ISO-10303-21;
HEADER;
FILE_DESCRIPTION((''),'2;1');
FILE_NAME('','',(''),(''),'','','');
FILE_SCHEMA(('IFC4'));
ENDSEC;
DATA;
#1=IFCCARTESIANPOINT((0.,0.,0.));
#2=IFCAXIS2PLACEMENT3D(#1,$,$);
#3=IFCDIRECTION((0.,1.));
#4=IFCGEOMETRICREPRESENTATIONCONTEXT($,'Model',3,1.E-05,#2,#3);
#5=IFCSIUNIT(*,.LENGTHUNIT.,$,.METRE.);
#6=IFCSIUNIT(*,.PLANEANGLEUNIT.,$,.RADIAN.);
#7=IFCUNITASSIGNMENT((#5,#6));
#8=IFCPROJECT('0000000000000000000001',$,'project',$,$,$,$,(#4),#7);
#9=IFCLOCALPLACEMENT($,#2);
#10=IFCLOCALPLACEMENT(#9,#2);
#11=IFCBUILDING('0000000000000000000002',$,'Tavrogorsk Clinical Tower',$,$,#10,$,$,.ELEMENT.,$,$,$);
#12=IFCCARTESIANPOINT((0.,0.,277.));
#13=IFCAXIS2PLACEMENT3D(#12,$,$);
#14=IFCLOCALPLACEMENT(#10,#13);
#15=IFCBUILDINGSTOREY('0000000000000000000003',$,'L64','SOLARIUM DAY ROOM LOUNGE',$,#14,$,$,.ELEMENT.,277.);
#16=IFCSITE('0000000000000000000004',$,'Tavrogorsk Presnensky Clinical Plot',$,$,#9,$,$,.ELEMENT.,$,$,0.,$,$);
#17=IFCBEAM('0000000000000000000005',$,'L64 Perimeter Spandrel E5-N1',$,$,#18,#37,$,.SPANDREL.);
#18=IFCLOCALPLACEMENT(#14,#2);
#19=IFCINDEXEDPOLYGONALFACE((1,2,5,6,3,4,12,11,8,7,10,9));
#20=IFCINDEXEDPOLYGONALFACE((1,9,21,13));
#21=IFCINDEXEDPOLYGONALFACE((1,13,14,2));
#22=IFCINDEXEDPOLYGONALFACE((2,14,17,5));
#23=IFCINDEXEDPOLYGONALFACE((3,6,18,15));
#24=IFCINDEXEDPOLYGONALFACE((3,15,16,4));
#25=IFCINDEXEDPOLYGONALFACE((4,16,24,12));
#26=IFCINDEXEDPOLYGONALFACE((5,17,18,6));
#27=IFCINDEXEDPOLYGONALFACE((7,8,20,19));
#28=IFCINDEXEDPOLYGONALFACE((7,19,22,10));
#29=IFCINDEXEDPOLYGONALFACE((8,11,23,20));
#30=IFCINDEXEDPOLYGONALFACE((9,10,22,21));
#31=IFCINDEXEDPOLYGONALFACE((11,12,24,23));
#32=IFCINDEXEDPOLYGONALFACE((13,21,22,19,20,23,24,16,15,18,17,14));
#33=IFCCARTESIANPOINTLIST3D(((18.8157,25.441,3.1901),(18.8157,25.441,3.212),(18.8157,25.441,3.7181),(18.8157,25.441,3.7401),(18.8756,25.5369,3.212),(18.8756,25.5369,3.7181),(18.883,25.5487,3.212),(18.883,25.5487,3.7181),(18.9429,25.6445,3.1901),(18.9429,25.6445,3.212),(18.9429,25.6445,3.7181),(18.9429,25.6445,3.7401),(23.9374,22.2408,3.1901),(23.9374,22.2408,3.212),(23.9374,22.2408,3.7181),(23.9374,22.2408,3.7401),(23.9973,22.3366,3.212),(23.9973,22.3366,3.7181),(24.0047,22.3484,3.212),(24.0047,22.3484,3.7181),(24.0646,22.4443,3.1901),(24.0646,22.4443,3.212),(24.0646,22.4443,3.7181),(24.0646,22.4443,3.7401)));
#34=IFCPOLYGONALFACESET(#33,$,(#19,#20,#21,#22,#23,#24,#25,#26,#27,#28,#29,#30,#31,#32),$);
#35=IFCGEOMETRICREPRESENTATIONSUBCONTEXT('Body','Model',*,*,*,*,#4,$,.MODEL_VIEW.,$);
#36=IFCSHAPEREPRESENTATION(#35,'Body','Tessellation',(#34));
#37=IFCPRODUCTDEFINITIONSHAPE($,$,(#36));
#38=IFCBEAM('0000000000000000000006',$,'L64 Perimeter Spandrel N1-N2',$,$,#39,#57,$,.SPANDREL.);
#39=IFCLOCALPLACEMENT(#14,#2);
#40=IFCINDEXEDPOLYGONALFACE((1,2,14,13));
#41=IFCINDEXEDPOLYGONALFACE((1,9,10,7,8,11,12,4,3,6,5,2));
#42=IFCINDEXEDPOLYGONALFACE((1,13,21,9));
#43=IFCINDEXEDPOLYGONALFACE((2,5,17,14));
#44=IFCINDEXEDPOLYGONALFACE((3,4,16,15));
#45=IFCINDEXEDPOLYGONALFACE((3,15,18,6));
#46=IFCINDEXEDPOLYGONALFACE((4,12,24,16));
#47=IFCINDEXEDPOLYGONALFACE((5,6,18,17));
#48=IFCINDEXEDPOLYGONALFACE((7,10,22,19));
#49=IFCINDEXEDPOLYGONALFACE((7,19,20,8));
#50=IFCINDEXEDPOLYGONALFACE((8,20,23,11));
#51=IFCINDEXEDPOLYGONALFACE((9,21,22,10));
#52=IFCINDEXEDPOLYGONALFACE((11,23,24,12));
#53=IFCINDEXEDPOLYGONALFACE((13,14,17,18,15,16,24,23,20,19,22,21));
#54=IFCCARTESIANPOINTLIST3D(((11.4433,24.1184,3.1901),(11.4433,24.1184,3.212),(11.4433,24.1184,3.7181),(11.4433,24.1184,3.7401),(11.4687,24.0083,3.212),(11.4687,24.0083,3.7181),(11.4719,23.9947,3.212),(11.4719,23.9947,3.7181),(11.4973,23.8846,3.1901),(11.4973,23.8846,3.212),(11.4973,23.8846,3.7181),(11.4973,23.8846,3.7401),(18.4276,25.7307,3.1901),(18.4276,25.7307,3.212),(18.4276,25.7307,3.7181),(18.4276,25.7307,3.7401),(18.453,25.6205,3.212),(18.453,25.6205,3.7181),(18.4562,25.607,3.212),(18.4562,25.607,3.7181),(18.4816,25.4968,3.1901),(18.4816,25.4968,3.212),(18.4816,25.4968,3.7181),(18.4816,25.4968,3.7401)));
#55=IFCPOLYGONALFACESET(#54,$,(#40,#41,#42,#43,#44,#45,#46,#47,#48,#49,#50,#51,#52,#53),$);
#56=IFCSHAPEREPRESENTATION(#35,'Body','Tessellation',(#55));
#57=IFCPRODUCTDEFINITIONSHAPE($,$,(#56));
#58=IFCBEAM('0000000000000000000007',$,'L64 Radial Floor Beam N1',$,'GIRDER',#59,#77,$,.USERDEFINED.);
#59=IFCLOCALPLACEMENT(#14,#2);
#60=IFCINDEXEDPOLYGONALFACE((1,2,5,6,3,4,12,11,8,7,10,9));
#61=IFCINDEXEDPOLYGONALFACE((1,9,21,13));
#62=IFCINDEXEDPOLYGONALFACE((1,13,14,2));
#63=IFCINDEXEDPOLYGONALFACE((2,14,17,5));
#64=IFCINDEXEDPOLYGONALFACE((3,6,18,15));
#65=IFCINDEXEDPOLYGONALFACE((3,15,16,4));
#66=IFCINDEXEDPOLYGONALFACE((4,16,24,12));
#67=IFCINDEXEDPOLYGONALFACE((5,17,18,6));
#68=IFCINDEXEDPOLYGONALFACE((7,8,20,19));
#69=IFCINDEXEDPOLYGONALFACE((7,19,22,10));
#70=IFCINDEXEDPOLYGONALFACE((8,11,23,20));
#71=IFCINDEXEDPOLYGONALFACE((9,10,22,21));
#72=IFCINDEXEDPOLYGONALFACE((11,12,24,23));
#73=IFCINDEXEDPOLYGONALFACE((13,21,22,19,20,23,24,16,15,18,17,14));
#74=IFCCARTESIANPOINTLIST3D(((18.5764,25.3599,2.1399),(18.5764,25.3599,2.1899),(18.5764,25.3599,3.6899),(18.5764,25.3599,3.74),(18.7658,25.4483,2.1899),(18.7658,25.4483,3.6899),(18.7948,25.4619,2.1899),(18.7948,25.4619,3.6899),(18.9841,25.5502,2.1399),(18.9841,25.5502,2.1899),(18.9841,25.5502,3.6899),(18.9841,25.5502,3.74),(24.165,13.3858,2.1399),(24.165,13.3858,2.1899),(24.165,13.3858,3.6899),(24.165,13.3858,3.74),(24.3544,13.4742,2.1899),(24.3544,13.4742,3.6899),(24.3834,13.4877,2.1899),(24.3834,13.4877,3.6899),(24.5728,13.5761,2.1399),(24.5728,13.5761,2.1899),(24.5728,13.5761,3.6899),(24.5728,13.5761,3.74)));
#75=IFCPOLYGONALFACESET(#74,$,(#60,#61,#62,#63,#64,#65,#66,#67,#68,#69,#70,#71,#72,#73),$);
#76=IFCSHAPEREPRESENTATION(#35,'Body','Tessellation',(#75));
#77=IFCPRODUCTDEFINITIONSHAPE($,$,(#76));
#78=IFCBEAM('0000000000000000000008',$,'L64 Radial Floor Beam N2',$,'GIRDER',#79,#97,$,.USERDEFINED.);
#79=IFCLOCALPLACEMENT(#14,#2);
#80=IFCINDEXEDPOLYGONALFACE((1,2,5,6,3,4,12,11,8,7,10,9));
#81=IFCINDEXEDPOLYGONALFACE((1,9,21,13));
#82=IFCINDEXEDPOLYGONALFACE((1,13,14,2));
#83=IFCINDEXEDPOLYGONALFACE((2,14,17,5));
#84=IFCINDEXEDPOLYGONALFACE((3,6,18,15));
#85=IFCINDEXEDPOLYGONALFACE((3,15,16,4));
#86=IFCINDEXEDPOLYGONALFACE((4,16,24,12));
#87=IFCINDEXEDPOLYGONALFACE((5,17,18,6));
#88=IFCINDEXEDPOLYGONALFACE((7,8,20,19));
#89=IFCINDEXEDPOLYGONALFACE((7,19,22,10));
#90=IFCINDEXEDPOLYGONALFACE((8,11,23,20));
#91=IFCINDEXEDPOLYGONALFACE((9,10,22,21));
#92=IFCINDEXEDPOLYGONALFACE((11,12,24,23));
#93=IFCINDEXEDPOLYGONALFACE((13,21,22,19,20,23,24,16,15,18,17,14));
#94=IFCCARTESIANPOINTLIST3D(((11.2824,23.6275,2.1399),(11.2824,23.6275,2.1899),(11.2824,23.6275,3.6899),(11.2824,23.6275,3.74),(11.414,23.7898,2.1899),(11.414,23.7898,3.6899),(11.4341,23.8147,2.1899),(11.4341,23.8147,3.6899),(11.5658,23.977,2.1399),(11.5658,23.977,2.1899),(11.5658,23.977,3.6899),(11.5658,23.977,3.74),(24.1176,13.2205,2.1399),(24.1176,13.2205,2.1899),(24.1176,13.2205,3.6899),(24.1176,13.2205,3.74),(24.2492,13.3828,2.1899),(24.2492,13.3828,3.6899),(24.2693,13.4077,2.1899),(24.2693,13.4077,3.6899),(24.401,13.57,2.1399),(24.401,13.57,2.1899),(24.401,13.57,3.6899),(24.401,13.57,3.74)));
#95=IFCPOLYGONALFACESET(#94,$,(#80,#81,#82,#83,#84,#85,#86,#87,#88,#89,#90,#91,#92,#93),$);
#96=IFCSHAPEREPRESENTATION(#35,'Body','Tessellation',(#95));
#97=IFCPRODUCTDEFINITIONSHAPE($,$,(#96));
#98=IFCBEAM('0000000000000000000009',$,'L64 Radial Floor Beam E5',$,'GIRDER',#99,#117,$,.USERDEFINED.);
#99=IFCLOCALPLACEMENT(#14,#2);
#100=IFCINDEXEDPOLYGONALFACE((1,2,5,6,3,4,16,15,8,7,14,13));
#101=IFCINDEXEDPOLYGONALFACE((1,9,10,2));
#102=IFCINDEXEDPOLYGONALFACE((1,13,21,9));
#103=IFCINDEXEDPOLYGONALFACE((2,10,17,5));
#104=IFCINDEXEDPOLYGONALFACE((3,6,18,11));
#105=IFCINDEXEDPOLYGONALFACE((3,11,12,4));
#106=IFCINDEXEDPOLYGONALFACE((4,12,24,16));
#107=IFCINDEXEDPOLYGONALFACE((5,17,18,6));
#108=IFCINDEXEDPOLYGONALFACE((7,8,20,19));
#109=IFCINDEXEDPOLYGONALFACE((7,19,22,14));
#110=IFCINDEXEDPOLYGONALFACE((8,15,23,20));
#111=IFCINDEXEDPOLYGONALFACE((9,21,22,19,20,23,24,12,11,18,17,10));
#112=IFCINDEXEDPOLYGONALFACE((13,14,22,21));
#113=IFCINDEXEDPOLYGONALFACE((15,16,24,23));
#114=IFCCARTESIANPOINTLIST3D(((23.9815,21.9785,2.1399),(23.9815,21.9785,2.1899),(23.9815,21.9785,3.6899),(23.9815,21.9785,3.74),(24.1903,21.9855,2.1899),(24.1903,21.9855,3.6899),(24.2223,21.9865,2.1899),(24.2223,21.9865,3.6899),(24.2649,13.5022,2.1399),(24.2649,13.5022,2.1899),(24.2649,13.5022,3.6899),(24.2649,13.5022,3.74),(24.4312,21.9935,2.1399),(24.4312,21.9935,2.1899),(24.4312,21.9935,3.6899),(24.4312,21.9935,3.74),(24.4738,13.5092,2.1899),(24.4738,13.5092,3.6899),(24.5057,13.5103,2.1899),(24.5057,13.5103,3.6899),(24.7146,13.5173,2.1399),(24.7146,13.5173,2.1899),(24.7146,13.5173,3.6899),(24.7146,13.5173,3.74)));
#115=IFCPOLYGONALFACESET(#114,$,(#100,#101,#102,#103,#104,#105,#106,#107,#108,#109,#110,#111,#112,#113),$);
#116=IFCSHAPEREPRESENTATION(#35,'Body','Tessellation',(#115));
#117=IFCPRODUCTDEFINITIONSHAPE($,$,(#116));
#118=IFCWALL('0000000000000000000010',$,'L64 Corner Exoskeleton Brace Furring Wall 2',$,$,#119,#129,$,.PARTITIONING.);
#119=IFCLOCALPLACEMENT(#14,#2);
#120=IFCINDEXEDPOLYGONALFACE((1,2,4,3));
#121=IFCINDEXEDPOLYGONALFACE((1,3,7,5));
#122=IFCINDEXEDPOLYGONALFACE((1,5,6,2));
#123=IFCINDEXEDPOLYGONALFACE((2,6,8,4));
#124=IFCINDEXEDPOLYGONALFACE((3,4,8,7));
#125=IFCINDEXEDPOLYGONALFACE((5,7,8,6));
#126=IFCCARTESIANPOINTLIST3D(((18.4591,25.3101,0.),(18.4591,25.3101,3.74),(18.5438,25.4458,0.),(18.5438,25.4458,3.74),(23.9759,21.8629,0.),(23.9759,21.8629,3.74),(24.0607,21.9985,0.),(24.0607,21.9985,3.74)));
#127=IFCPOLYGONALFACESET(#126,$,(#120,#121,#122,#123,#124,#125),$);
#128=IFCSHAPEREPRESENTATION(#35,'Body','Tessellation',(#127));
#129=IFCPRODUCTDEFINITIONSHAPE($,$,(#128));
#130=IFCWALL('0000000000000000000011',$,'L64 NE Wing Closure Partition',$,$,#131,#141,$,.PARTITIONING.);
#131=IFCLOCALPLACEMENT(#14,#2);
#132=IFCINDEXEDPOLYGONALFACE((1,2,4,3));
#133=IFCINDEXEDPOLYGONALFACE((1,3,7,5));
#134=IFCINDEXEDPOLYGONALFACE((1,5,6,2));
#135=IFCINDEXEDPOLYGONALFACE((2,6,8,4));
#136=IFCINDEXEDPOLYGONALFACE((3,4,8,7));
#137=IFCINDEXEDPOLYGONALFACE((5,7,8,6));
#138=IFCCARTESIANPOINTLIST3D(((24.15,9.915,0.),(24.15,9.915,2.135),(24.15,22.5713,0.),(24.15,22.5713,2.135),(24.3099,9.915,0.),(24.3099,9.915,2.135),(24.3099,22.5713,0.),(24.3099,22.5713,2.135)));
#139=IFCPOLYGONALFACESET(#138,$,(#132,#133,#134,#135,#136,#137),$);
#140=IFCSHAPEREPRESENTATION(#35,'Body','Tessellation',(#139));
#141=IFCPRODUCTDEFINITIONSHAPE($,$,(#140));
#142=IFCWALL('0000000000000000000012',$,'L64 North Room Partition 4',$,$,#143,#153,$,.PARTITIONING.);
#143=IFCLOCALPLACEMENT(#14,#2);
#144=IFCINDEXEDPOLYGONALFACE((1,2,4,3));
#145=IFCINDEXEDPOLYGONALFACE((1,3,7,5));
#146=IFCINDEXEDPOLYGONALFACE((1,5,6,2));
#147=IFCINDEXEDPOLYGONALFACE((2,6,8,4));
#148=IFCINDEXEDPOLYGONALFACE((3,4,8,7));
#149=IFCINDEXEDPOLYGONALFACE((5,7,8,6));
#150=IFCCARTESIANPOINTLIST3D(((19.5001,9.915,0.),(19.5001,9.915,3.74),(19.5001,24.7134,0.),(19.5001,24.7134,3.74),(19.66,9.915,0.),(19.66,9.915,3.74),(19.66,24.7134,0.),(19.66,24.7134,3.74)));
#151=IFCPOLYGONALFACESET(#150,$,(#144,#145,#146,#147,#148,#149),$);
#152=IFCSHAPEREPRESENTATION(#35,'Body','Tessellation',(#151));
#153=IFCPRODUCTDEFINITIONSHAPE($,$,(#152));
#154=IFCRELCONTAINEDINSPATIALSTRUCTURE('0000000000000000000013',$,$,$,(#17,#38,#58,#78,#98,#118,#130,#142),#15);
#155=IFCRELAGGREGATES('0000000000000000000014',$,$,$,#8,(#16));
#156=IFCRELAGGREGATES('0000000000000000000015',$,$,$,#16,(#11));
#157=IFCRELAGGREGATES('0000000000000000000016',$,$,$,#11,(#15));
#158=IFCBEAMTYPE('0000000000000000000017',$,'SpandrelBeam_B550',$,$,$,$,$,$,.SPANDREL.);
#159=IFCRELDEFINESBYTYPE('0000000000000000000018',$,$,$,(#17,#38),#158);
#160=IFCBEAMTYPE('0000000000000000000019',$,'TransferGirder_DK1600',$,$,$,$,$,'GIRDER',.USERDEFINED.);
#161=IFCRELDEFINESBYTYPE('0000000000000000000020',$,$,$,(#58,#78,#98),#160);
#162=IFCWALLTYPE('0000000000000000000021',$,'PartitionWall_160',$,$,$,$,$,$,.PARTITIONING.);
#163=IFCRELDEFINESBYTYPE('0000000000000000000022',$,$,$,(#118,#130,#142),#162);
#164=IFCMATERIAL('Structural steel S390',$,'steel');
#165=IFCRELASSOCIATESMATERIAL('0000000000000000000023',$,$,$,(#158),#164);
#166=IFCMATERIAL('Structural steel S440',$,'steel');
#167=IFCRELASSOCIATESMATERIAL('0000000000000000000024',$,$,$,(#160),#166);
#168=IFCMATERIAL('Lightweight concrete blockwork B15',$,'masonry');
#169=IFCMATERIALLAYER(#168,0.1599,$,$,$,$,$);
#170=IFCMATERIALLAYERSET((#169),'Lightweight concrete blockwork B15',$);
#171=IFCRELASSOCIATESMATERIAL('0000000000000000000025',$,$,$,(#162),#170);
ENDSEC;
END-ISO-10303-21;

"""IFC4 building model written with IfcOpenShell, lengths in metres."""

from ifc_helpers import new_model, si_unit, direction, frame, frame_2d, origin, origin_2d, place, context, subcontext, project, spatial, rectangle, i_section, extrude, material, layer, layer_set, material_profile, profile_set, type_object, element, save


model = new_model("IFC4")

# Units and contexts
model_context = context("Model", 3, precision=1e-05, world=origin(), true_north=direction((0.0, 1.0)))
body_context = subcontext(model_context, "Body", "Model", "MODEL_VIEW")
ifc_project = project(units=[si_unit("LENGTHUNIT", "METRE"), si_unit("PLANEANGLEUNIT", "RADIAN")], contexts=[model_context])

# Site, building, storey
site_placement = place(None, origin())
site = spatial("IfcSite", under=ifc_project, at=site_placement, Name="Tavrogorsk Presnensky Clinical Plot", CompositionType="ELEMENT", RefElevation=0.0)
building_placement = place(site_placement, origin())
building = spatial("IfcBuilding", under=site, at=building_placement, Name="Tavrogorsk Clinical Tower", CompositionType="ELEMENT")
storey_placement = place(building_placement, frame((0.0, 0.0, 277.0)))
storey = spatial("IfcBuildingStorey", under=building, at=storey_placement, Name="L64", Description="SOLARIUM DAY ROOM LOUNGE", CompositionType="ELEMENT", Elevation=277.0)

# Beams
ifc_material_1 = material(Name="Structural steel S390", Category="steel")
ifc_material_profile_1 = material_profile(ifc_material_1, i_section(OverallWidth=0.24, OverallDepth=0.55, WebThickness=0.0139, FlangeThickness=0.022, at=origin_2d()), Name="B-550x240x14x22")
ifc_profile_set_1 = profile_set([ifc_material_profile_1], Name="Structural steel S390")
beam_type_1 = type_object("IfcBeamType", Name="SpandrelBeam_B550", PredefinedType="SPANDREL", material=ifc_profile_set_1)
beam_1_placement = place(storey_placement, frame((24.001, 22.3425, 3.4651), z_axis=(-0.848057, 0.529904, 0.0), x_axis=(-0.529904, -0.848057, 0.0)))
element("IfcBeam", 1, at=beam_1_placement, inside=storey, type_object=beam_type_1, Name="L64 Perimeter Spandrel E5-N1", PredefinedType="SPANDREL", context=body_context, shape_type="SweptSolid", body=[
    extrude(i_section(OverallWidth=0.24, OverallDepth=0.55, WebThickness=0.0139, FlangeThickness=0.022, at=origin_2d()), origin(), (0.0, 0.0, 1.0), 6.0393),
])
beam_2_placement = place(storey_placement, frame((18.4546, 25.6138, 3.4651), z_axis=(-0.974375, -0.224929, 0.0), x_axis=(0.224929, -0.974375, 0.0)))
element("IfcBeam", 2, at=beam_2_placement, inside=storey, type_object=beam_type_1, Name="L64 Perimeter Spandrel N1-N2", PredefinedType="SPANDREL", context=body_context, shape_type="SweptSolid", body=[
    extrude(i_section(OverallWidth=0.24, OverallDepth=0.55, WebThickness=0.0139, FlangeThickness=0.022, at=origin_2d()), origin(), (0.0, 0.0, 1.0), 7.168),
])
ifc_material_2 = material(Name="Structural steel S440", Category="steel")
ifc_material_profile_2 = material_profile(ifc_material_2, i_section(OverallWidth=0.45, OverallDepth=1.6001, WebThickness=0.032, FlangeThickness=0.05, at=origin_2d()), Name="DK-1600x450x32x50")
ifc_profile_set_2 = profile_set([ifc_material_profile_2], Name="Structural steel S440")
beam_type_2 = type_object("IfcBeamType", Name="TransferGirder_DK1600", ElementType="GIRDER", PredefinedType="USERDEFINED", material=ifc_profile_set_2)
beam_3_placement = place(storey_placement, frame((24.3689, 13.481, 2.9399), z_axis=(-0.422929, 0.906163, 0.0), x_axis=(-0.906163, -0.422929, 0.0)))
element("IfcBeam", 3, at=beam_3_placement, inside=storey, type_object=beam_type_2, Name="L64 Radial Floor Beam N1", ObjectType="GIRDER", PredefinedType="USERDEFINED", context=body_context, shape_type="SweptSolid", body=[
    extrude(i_section(OverallWidth=0.45, OverallDepth=1.6001, WebThickness=0.032, FlangeThickness=0.05, at=origin_2d()), origin(), (0.0, 0.0, 1.0), 13.2141),
])
beam_4_placement = place(storey_placement, frame((24.2593, 13.3953, 2.9399), z_axis=(-0.776754, 0.629804, 0.0), x_axis=(-0.629804, -0.776754, 0.0)))
element("IfcBeam", 4, at=beam_4_placement, inside=storey, type_object=beam_type_2, Name="L64 Radial Floor Beam N2", ObjectType="GIRDER", PredefinedType="USERDEFINED", context=body_context, shape_type="SweptSolid", body=[
    extrude(i_section(OverallWidth=0.45, OverallDepth=1.6001, WebThickness=0.032, FlangeThickness=0.05, at=origin_2d()), origin(), (0.0, 0.0, 1.0), 16.5242),
])
beam_5_placement = place(storey_placement, frame((24.4897, 13.5098, 2.9399), z_axis=(-0.033421, 0.999441, 0.0), x_axis=(-0.999441, -0.033421, 0.0)))
element("IfcBeam", 5, at=beam_5_placement, inside=storey, type_object=beam_type_2, Name="L64 Radial Floor Beam E5", ObjectType="GIRDER", PredefinedType="USERDEFINED", context=body_context, shape_type="SweptSolid", body=[
    extrude(i_section(OverallWidth=0.45, OverallDepth=1.6001, WebThickness=0.032, FlangeThickness=0.05, at=origin_2d()), origin(), (0.0, 0.0, 1.0), 8.481),
])

# Walls
ifc_material_3 = material(Name="Lightweight concrete blockwork B15", Category="masonry")
ifc_layer_1 = layer(ifc_material_3, 0.1599)
ifc_layer_set_1 = layer_set([ifc_layer_1], Name="Lightweight concrete blockwork B15")
wall_type_1 = type_object("IfcWallType", Name="PartitionWall_160", PredefinedType="PARTITIONING", material=ifc_layer_set_1)
wall_1_placement = place(storey_placement, frame((24.0183, 21.9307, 0.0), z_axis=(0.0, 0.0, 1.0), x_axis=(-0.848051, 0.529915, 0.0)))
element("IfcWall", 6, at=wall_1_placement, inside=storey, type_object=wall_type_1, Name="L64 Corner Exoskeleton Brace Furring Wall 2", PredefinedType="PARTITIONING", context=body_context, shape_type="SweptSolid", body=[
    extrude(rectangle(XDim=6.5054, YDim=0.1599, at=frame_2d((3.2527, 0.0))), origin(), (0.0, 0.0, 1.0), 3.74),
])
wall_2_placement = place(storey_placement, frame((24.23, 9.915, 0.0), z_axis=(0.0, 0.0, 1.0), x_axis=(0.0, 1.0, 0.0)))
element("IfcWall", 7, at=wall_2_placement, inside=storey, type_object=wall_type_1, Name="L64 NE Wing Closure Partition", PredefinedType="PARTITIONING", context=body_context, shape_type="SweptSolid", body=[
    extrude(rectangle(XDim=12.6562, YDim=0.1599, at=frame_2d((6.3281, 0.0))), origin(), (0.0, 0.0, 1.0), 2.135),
])
wall_3_placement = place(storey_placement, frame((19.5801, 9.915, 0.0), z_axis=(0.0, 0.0, 1.0), x_axis=(0.0, 1.0, 0.0)))
element("IfcWall", 8, at=wall_3_placement, inside=storey, type_object=wall_type_1, Name="L64 North Room Partition 4", PredefinedType="PARTITIONING", context=body_context, shape_type="SweptSolid", body=[
    extrude(rectangle(XDim=14.7983, YDim=0.1599, at=frame_2d((7.3992, 0.0))), origin(), (0.0, 0.0, 1.0), 3.74),
])

save(model, "model.ifc")
